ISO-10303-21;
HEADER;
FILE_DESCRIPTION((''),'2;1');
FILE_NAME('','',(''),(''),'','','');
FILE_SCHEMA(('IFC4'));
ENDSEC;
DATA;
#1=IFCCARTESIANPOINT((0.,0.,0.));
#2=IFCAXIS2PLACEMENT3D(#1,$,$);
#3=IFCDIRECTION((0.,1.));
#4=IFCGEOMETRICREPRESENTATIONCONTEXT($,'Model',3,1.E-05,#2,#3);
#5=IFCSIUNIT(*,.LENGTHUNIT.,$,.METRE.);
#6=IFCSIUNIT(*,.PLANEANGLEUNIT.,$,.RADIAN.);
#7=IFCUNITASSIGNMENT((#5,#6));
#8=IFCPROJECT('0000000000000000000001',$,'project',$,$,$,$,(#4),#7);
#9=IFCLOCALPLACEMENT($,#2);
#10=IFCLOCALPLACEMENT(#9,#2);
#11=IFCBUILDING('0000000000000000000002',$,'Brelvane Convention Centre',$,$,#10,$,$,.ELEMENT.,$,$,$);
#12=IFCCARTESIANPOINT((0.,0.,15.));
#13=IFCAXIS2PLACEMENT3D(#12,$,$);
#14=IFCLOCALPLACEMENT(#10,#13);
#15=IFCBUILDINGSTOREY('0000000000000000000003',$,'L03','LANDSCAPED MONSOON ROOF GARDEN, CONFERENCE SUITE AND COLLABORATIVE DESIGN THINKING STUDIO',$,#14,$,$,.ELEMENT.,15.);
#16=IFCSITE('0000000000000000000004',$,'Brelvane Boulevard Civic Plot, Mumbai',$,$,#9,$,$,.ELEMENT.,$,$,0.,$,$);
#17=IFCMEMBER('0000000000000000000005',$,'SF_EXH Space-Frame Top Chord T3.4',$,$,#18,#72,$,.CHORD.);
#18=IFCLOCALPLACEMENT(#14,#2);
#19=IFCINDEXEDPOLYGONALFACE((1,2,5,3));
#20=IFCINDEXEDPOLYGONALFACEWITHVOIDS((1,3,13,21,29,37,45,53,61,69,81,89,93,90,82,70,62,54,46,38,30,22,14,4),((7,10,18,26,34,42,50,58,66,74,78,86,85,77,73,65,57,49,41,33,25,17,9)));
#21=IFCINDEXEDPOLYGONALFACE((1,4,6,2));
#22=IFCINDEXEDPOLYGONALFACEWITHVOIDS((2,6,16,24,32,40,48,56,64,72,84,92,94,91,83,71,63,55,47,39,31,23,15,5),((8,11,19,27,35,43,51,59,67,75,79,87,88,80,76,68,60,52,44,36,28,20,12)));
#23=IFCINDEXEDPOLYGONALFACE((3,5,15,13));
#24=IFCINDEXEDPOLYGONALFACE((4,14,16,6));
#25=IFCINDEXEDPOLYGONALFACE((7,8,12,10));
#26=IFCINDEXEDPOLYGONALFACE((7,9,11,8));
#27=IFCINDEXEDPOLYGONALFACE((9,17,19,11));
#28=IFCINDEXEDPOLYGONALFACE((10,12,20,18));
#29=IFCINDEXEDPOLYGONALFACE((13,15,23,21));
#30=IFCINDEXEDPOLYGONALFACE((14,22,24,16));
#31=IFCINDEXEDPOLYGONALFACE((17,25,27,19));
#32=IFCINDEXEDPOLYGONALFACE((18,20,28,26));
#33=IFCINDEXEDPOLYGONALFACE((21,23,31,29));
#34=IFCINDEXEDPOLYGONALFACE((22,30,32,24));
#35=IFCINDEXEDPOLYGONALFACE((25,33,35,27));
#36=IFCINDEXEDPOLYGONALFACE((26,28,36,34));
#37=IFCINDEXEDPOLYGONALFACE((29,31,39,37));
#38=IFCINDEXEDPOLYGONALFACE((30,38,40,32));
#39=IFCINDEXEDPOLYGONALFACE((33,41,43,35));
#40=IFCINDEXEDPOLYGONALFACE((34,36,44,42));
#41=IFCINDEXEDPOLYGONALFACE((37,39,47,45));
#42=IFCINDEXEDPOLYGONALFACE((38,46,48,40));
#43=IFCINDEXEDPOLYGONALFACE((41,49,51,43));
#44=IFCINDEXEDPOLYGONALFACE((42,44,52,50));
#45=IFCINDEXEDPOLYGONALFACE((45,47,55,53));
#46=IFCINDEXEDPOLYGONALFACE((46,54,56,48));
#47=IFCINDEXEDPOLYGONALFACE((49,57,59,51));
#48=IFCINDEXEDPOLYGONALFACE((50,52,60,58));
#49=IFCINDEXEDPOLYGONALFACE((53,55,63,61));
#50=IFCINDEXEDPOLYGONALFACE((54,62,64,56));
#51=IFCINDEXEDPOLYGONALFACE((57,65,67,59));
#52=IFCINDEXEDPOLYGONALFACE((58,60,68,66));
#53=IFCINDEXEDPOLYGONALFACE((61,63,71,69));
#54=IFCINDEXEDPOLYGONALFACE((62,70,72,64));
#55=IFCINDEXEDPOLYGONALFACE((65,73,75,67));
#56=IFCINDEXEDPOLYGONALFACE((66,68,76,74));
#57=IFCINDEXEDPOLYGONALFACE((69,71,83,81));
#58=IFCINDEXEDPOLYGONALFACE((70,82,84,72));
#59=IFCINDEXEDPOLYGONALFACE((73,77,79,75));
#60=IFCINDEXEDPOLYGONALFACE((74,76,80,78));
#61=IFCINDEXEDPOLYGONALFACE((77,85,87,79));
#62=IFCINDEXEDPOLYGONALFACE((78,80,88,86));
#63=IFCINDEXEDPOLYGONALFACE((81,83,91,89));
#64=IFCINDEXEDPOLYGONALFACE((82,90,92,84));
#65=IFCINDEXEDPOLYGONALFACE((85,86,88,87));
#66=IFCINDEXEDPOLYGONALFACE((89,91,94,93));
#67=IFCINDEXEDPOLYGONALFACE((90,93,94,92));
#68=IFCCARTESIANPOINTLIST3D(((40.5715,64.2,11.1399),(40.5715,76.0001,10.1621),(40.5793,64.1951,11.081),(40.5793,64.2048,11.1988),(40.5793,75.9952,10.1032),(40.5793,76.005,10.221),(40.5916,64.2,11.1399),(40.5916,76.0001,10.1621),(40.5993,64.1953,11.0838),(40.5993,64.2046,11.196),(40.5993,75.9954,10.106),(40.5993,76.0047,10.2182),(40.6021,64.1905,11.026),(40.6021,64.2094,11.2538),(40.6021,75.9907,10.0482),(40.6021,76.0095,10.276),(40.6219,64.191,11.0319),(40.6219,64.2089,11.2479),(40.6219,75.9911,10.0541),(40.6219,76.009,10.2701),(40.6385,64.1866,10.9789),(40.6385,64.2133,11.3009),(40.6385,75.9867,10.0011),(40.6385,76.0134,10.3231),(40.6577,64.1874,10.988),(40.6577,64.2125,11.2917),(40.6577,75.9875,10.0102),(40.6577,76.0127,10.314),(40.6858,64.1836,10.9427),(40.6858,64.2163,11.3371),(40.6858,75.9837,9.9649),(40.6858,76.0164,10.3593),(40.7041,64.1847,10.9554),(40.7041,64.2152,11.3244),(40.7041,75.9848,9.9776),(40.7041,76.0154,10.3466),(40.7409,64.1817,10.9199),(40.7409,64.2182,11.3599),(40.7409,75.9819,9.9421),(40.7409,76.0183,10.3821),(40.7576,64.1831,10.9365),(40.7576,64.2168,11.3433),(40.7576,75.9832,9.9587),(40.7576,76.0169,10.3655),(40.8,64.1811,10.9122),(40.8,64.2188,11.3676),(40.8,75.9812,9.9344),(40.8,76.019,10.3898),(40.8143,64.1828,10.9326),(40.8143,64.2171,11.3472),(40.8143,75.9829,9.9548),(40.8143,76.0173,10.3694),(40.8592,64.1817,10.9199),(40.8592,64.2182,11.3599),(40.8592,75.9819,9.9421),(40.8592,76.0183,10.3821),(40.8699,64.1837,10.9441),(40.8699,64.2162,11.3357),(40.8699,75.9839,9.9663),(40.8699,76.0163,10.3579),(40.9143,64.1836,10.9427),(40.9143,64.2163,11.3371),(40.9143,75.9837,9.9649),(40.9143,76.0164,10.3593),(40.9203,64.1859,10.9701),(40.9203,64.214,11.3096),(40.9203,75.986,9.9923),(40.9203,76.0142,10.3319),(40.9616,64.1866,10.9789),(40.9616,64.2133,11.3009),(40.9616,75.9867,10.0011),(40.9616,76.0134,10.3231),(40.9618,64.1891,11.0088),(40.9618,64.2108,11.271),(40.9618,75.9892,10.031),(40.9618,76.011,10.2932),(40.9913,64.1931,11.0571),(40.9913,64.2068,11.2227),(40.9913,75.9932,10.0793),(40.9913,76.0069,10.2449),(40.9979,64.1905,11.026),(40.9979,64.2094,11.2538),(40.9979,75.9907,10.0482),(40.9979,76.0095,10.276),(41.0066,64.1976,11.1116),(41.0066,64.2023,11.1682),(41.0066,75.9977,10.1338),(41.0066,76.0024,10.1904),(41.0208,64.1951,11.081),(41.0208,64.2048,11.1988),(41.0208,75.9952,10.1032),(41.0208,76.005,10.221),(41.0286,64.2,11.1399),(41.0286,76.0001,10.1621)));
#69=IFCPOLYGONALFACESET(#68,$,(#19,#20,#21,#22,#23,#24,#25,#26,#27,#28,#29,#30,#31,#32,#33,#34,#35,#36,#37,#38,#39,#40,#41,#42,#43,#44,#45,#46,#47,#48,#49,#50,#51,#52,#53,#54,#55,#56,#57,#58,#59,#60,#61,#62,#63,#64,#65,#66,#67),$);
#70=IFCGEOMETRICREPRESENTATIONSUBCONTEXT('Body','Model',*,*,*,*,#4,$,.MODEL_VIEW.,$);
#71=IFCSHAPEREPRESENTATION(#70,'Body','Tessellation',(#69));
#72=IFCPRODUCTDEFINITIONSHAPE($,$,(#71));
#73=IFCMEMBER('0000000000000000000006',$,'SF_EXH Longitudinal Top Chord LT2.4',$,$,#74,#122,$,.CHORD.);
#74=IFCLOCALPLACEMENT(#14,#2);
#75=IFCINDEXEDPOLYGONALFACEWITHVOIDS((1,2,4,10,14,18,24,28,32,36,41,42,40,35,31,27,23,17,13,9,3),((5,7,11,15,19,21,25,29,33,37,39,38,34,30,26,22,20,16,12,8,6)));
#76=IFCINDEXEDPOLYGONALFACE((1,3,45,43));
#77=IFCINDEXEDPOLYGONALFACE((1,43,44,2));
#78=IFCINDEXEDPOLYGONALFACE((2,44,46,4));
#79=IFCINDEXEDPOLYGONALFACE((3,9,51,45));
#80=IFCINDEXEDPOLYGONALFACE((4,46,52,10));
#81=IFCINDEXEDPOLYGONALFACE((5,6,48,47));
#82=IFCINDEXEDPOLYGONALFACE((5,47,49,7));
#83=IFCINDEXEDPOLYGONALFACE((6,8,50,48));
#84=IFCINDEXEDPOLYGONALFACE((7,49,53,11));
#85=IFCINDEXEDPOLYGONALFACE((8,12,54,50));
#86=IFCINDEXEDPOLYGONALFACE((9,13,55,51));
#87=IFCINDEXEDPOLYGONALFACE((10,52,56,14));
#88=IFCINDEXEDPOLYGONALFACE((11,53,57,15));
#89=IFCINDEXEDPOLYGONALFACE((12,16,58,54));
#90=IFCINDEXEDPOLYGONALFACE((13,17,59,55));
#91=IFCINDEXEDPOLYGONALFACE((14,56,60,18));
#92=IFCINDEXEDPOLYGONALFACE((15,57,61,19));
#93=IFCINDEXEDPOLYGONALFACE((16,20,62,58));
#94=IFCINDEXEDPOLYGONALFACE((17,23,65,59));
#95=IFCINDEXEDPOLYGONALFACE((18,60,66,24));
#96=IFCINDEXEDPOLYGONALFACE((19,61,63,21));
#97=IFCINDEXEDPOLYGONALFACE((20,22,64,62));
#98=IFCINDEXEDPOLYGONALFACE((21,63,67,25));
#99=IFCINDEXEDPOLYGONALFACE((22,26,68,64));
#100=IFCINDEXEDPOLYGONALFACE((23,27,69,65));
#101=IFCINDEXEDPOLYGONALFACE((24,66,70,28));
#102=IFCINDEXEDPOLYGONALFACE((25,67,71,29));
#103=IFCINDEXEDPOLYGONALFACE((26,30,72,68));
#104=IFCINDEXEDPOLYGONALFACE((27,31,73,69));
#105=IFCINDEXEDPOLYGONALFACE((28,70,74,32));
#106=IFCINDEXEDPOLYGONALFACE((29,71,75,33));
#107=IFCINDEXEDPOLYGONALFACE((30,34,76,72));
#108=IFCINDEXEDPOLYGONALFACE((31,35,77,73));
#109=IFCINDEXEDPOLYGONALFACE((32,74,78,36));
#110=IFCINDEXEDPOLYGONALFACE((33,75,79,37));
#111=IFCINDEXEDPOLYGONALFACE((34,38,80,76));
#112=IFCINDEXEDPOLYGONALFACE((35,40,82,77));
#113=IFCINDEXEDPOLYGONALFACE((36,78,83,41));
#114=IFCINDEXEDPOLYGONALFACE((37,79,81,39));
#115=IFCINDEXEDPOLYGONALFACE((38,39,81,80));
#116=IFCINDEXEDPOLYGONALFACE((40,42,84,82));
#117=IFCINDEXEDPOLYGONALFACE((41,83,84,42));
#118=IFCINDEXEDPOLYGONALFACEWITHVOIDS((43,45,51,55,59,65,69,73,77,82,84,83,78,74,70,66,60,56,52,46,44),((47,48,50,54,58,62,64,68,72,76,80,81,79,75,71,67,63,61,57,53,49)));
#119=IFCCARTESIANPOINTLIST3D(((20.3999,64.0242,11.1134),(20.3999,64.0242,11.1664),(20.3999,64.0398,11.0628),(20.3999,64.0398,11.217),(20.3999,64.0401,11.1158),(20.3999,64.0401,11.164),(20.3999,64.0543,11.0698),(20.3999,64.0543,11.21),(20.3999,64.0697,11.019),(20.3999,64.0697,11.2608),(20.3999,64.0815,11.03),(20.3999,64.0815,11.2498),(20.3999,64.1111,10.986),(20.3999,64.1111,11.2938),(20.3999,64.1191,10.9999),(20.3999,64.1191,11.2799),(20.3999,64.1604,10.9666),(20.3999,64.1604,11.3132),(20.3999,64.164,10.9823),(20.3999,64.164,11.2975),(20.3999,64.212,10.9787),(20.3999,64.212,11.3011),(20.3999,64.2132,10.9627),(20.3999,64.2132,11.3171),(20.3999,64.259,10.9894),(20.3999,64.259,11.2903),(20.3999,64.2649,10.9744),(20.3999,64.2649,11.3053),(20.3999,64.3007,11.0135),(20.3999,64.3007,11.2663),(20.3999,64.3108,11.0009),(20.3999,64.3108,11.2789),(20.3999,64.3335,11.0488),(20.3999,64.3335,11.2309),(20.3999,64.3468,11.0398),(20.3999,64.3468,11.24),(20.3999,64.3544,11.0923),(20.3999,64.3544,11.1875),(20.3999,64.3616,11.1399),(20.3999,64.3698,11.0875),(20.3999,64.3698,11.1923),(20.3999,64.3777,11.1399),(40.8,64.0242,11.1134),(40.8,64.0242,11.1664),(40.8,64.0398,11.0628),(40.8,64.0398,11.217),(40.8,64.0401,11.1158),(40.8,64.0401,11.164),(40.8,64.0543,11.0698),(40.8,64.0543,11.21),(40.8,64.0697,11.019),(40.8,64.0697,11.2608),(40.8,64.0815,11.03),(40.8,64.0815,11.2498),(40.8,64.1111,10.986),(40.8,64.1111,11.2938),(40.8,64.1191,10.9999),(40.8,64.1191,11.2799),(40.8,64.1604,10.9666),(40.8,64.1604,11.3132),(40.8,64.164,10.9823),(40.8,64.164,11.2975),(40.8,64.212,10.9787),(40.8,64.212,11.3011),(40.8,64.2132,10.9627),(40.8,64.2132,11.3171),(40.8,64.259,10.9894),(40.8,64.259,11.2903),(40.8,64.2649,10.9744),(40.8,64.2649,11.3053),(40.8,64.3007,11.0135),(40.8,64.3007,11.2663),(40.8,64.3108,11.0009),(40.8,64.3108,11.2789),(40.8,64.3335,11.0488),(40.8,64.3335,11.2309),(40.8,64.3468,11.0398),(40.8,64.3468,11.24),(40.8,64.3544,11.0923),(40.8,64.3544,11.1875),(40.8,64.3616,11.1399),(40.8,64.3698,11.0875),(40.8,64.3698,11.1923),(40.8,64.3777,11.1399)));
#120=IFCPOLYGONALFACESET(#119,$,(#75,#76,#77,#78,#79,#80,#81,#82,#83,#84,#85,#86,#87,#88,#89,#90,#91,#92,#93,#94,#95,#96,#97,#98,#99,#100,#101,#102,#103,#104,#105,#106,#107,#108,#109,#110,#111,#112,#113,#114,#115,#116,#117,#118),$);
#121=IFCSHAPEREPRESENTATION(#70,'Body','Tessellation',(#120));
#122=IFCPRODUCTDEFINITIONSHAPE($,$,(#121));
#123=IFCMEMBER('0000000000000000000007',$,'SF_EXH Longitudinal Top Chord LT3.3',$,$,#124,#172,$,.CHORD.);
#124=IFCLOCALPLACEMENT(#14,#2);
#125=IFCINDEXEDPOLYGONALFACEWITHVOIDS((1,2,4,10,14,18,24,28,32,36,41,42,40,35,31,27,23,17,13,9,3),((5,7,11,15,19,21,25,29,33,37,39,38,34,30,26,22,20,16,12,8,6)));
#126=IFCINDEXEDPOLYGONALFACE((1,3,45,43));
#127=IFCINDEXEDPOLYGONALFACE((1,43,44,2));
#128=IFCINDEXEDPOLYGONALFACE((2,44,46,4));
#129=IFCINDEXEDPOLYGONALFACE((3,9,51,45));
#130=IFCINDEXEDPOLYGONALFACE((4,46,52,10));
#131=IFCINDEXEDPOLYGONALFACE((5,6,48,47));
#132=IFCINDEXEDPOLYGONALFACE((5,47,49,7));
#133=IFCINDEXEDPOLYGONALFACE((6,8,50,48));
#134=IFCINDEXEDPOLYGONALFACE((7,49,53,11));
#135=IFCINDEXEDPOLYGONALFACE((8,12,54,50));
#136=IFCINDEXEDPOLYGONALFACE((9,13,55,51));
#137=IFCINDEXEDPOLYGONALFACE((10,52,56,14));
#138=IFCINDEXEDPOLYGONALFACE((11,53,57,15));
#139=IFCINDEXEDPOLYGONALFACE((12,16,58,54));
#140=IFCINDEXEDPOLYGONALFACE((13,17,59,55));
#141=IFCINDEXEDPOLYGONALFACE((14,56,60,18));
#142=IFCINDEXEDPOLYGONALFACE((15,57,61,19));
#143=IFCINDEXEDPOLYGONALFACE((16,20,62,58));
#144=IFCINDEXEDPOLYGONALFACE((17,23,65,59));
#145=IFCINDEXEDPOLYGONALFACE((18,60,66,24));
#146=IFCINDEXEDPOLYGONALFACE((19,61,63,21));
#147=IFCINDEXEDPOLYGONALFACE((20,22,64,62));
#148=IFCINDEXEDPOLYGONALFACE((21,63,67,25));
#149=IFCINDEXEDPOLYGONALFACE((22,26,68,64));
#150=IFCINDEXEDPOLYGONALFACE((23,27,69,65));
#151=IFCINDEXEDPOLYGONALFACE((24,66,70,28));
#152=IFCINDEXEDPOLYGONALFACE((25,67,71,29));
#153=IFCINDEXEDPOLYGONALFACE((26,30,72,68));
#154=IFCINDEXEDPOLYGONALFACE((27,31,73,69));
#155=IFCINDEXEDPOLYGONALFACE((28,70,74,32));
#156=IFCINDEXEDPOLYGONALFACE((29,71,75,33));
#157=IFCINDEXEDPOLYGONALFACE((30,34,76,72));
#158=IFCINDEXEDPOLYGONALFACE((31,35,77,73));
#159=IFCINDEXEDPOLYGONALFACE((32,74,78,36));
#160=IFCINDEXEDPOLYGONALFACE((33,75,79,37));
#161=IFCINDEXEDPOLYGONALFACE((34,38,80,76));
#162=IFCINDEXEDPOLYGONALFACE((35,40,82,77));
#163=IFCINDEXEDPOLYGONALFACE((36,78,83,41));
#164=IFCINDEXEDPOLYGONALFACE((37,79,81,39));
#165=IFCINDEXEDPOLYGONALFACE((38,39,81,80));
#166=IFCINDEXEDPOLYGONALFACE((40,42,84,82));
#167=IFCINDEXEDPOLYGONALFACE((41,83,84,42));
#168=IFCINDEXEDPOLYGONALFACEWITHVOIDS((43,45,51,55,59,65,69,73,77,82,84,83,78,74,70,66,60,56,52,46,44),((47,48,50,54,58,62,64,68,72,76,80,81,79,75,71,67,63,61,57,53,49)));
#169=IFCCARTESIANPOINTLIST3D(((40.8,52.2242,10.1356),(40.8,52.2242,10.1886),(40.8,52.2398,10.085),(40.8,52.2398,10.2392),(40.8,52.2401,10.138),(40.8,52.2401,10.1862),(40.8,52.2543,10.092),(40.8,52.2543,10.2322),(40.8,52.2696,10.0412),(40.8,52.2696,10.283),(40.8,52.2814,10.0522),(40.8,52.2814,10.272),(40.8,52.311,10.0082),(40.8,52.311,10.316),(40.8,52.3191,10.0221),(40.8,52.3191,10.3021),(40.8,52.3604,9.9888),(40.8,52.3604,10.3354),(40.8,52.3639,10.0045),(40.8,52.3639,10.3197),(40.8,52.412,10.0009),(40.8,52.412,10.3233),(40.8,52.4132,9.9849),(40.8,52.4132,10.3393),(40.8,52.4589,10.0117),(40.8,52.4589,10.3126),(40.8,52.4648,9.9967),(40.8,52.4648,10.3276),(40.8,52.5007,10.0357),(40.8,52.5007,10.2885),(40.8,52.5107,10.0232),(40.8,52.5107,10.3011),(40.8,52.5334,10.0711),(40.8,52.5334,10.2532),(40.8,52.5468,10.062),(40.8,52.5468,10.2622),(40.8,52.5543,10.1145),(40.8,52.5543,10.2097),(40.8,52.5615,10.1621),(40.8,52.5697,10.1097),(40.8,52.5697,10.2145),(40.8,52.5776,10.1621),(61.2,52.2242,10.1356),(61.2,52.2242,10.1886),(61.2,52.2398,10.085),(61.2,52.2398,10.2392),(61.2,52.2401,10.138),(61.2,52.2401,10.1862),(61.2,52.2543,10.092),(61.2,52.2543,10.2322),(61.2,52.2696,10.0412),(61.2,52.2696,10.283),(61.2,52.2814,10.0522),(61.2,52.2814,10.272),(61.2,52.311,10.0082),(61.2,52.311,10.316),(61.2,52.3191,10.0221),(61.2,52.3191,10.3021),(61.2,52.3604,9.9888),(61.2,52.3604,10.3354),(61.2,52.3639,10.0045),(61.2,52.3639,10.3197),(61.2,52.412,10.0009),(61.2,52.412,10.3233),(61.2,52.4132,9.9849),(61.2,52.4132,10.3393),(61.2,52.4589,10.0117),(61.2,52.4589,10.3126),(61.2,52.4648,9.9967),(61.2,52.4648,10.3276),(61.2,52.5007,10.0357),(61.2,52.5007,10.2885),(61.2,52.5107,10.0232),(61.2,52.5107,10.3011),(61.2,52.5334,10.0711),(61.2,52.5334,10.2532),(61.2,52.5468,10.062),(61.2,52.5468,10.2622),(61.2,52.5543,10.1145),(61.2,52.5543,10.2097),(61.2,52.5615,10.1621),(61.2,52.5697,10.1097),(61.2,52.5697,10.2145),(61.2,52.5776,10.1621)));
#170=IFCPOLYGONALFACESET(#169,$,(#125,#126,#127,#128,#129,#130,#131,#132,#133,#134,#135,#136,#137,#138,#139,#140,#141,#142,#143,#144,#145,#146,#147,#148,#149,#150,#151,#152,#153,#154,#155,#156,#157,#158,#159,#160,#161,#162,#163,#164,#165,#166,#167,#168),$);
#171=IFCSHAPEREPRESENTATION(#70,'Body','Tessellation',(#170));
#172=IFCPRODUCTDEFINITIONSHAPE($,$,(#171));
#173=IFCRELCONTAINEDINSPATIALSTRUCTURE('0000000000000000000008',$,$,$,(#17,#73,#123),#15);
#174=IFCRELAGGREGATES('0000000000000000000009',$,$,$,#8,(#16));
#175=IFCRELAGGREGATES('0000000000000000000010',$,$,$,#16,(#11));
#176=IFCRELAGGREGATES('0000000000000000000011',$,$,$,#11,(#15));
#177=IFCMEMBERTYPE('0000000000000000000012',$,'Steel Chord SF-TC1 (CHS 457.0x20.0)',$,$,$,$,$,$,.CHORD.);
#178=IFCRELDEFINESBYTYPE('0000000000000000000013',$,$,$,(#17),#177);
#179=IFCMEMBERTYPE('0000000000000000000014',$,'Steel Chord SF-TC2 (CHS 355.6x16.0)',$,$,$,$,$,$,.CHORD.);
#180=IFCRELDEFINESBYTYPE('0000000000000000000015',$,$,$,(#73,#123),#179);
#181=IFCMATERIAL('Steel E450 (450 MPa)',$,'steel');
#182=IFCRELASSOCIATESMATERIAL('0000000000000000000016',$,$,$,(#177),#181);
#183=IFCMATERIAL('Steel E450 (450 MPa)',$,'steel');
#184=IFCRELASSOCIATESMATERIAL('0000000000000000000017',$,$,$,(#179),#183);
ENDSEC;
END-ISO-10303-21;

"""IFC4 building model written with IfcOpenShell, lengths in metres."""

from ifc_helpers import new_model, si_unit, direction, frame, origin, origin_2d, place, context, subcontext, project, spatial, hollow_circle, extrude, material, material_profile, profile_set, type_object, element, save


model = new_model("IFC4")

# Units and contexts
model_context = context("Model", 3, precision=1e-05, world=origin(), true_north=direction((0.0, 1.0)))
body_context = subcontext(model_context, "Body", "Model", "MODEL_VIEW")
ifc_project = project(units=[si_unit("LENGTHUNIT", "METRE"), si_unit("PLANEANGLEUNIT", "RADIAN")], contexts=[model_context])

# Site, building, storey
site_placement = place(None, origin())
site = spatial("IfcSite", under=ifc_project, at=site_placement, Name="Brelvane Boulevard Civic Plot, Mumbai", CompositionType="ELEMENT", RefElevation=0.0)
building_placement = place(site_placement, origin())
building = spatial("IfcBuilding", under=site, at=building_placement, Name="Brelvane Convention Centre", CompositionType="ELEMENT")
storey_placement = place(building_placement, frame((0.0, 0.0, 15.0)))
storey = spatial("IfcBuildingStorey", under=building, at=storey_placement, Name="L03", Description="LANDSCAPED MONSOON ROOF GARDEN, CONFERENCE SUITE AND COLLABORATIVE DESIGN THINKING STUDIO", CompositionType="ELEMENT", Elevation=15.0)

# Members
ifc_material_1 = material(Name="Steel E450 (450 MPa)", Category="steel")
ifc_material_profile_1 = material_profile(ifc_material_1, hollow_circle(Radius=0.2285, WallThickness=0.02, at=origin_2d()), Name="CHS 457.0x20.0")
ifc_profile_set_1 = profile_set([ifc_material_profile_1], Name="Steel E450 (450 MPa)")
member_type_1 = type_object("IfcMemberType", Name="Steel Chord SF-TC1 (CHS 457.0x20.0)", PredefinedType="CHORD", material=ifc_profile_set_1)
for number, where, z_axis, x_axis, name in (
    (1, (40.8, 64.2, 11.1399), (0.0, 0.996584, -0.08258), (-1.0, 0.0, 0.0), "SF_EXH Space-Frame Top Chord T3.4"),
):
    element("IfcMember", number, at=place(storey_placement, frame(where, z_axis=z_axis, x_axis=x_axis)), inside=storey, type_object=member_type_1, Name=name, PredefinedType="CHORD", context=body_context, shape_type="SweptSolid", body=[
        extrude(hollow_circle(Radius=0.2285, WallThickness=0.02, at=origin_2d()), origin(), (0.0, 0.0, 1.0), 11.8406),
    ])
ifc_material_2 = material(Name="Steel E450 (450 MPa)", Category="steel")
ifc_material_profile_2 = material_profile(ifc_material_2, hollow_circle(Radius=0.1777, WallThickness=0.0161, at=origin_2d()), Name="CHS 355.6x16.0")
ifc_profile_set_2 = profile_set([ifc_material_profile_2], Name="Steel E450 (450 MPa)")
member_type_2 = type_object("IfcMemberType", Name="Steel Chord SF-TC2 (CHS 355.6x16.0)", PredefinedType="CHORD", material=ifc_profile_set_2)
member_1_placement = place(storey_placement, frame((20.3999, 64.2, 11.1399), z_axis=(1.0, 0.0, 0.0), x_axis=(0.0, 1.0, 0.0)))
element("IfcMember", 2, at=member_1_placement, inside=storey, type_object=member_type_2, Name="SF_EXH Longitudinal Top Chord LT2.4", PredefinedType="CHORD", context=body_context, shape_type="SweptSolid", body=[
    extrude(hollow_circle(Radius=0.1777, WallThickness=0.0161, at=origin_2d()), origin(), (0.0, 0.0, 1.0), 20.4001),
])
for number, where, z_axis, x_axis, name in (
    (3, (40.8, 52.3999, 10.1621), (1.0, 0.0, 0.0), (0.0, 1.0, 0.0), "SF_EXH Longitudinal Top Chord LT3.3"),
):
    element("IfcMember", number, at=place(storey_placement, frame(where, z_axis=z_axis, x_axis=x_axis)), inside=storey, type_object=member_type_2, Name=name, PredefinedType="CHORD", context=body_context, shape_type="SweptSolid", body=[
        extrude(hollow_circle(Radius=0.1777, WallThickness=0.0161, at=origin_2d()), origin(), (0.0, 0.0, 1.0), 20.3999),
    ])

save(model, "model.ifc")
